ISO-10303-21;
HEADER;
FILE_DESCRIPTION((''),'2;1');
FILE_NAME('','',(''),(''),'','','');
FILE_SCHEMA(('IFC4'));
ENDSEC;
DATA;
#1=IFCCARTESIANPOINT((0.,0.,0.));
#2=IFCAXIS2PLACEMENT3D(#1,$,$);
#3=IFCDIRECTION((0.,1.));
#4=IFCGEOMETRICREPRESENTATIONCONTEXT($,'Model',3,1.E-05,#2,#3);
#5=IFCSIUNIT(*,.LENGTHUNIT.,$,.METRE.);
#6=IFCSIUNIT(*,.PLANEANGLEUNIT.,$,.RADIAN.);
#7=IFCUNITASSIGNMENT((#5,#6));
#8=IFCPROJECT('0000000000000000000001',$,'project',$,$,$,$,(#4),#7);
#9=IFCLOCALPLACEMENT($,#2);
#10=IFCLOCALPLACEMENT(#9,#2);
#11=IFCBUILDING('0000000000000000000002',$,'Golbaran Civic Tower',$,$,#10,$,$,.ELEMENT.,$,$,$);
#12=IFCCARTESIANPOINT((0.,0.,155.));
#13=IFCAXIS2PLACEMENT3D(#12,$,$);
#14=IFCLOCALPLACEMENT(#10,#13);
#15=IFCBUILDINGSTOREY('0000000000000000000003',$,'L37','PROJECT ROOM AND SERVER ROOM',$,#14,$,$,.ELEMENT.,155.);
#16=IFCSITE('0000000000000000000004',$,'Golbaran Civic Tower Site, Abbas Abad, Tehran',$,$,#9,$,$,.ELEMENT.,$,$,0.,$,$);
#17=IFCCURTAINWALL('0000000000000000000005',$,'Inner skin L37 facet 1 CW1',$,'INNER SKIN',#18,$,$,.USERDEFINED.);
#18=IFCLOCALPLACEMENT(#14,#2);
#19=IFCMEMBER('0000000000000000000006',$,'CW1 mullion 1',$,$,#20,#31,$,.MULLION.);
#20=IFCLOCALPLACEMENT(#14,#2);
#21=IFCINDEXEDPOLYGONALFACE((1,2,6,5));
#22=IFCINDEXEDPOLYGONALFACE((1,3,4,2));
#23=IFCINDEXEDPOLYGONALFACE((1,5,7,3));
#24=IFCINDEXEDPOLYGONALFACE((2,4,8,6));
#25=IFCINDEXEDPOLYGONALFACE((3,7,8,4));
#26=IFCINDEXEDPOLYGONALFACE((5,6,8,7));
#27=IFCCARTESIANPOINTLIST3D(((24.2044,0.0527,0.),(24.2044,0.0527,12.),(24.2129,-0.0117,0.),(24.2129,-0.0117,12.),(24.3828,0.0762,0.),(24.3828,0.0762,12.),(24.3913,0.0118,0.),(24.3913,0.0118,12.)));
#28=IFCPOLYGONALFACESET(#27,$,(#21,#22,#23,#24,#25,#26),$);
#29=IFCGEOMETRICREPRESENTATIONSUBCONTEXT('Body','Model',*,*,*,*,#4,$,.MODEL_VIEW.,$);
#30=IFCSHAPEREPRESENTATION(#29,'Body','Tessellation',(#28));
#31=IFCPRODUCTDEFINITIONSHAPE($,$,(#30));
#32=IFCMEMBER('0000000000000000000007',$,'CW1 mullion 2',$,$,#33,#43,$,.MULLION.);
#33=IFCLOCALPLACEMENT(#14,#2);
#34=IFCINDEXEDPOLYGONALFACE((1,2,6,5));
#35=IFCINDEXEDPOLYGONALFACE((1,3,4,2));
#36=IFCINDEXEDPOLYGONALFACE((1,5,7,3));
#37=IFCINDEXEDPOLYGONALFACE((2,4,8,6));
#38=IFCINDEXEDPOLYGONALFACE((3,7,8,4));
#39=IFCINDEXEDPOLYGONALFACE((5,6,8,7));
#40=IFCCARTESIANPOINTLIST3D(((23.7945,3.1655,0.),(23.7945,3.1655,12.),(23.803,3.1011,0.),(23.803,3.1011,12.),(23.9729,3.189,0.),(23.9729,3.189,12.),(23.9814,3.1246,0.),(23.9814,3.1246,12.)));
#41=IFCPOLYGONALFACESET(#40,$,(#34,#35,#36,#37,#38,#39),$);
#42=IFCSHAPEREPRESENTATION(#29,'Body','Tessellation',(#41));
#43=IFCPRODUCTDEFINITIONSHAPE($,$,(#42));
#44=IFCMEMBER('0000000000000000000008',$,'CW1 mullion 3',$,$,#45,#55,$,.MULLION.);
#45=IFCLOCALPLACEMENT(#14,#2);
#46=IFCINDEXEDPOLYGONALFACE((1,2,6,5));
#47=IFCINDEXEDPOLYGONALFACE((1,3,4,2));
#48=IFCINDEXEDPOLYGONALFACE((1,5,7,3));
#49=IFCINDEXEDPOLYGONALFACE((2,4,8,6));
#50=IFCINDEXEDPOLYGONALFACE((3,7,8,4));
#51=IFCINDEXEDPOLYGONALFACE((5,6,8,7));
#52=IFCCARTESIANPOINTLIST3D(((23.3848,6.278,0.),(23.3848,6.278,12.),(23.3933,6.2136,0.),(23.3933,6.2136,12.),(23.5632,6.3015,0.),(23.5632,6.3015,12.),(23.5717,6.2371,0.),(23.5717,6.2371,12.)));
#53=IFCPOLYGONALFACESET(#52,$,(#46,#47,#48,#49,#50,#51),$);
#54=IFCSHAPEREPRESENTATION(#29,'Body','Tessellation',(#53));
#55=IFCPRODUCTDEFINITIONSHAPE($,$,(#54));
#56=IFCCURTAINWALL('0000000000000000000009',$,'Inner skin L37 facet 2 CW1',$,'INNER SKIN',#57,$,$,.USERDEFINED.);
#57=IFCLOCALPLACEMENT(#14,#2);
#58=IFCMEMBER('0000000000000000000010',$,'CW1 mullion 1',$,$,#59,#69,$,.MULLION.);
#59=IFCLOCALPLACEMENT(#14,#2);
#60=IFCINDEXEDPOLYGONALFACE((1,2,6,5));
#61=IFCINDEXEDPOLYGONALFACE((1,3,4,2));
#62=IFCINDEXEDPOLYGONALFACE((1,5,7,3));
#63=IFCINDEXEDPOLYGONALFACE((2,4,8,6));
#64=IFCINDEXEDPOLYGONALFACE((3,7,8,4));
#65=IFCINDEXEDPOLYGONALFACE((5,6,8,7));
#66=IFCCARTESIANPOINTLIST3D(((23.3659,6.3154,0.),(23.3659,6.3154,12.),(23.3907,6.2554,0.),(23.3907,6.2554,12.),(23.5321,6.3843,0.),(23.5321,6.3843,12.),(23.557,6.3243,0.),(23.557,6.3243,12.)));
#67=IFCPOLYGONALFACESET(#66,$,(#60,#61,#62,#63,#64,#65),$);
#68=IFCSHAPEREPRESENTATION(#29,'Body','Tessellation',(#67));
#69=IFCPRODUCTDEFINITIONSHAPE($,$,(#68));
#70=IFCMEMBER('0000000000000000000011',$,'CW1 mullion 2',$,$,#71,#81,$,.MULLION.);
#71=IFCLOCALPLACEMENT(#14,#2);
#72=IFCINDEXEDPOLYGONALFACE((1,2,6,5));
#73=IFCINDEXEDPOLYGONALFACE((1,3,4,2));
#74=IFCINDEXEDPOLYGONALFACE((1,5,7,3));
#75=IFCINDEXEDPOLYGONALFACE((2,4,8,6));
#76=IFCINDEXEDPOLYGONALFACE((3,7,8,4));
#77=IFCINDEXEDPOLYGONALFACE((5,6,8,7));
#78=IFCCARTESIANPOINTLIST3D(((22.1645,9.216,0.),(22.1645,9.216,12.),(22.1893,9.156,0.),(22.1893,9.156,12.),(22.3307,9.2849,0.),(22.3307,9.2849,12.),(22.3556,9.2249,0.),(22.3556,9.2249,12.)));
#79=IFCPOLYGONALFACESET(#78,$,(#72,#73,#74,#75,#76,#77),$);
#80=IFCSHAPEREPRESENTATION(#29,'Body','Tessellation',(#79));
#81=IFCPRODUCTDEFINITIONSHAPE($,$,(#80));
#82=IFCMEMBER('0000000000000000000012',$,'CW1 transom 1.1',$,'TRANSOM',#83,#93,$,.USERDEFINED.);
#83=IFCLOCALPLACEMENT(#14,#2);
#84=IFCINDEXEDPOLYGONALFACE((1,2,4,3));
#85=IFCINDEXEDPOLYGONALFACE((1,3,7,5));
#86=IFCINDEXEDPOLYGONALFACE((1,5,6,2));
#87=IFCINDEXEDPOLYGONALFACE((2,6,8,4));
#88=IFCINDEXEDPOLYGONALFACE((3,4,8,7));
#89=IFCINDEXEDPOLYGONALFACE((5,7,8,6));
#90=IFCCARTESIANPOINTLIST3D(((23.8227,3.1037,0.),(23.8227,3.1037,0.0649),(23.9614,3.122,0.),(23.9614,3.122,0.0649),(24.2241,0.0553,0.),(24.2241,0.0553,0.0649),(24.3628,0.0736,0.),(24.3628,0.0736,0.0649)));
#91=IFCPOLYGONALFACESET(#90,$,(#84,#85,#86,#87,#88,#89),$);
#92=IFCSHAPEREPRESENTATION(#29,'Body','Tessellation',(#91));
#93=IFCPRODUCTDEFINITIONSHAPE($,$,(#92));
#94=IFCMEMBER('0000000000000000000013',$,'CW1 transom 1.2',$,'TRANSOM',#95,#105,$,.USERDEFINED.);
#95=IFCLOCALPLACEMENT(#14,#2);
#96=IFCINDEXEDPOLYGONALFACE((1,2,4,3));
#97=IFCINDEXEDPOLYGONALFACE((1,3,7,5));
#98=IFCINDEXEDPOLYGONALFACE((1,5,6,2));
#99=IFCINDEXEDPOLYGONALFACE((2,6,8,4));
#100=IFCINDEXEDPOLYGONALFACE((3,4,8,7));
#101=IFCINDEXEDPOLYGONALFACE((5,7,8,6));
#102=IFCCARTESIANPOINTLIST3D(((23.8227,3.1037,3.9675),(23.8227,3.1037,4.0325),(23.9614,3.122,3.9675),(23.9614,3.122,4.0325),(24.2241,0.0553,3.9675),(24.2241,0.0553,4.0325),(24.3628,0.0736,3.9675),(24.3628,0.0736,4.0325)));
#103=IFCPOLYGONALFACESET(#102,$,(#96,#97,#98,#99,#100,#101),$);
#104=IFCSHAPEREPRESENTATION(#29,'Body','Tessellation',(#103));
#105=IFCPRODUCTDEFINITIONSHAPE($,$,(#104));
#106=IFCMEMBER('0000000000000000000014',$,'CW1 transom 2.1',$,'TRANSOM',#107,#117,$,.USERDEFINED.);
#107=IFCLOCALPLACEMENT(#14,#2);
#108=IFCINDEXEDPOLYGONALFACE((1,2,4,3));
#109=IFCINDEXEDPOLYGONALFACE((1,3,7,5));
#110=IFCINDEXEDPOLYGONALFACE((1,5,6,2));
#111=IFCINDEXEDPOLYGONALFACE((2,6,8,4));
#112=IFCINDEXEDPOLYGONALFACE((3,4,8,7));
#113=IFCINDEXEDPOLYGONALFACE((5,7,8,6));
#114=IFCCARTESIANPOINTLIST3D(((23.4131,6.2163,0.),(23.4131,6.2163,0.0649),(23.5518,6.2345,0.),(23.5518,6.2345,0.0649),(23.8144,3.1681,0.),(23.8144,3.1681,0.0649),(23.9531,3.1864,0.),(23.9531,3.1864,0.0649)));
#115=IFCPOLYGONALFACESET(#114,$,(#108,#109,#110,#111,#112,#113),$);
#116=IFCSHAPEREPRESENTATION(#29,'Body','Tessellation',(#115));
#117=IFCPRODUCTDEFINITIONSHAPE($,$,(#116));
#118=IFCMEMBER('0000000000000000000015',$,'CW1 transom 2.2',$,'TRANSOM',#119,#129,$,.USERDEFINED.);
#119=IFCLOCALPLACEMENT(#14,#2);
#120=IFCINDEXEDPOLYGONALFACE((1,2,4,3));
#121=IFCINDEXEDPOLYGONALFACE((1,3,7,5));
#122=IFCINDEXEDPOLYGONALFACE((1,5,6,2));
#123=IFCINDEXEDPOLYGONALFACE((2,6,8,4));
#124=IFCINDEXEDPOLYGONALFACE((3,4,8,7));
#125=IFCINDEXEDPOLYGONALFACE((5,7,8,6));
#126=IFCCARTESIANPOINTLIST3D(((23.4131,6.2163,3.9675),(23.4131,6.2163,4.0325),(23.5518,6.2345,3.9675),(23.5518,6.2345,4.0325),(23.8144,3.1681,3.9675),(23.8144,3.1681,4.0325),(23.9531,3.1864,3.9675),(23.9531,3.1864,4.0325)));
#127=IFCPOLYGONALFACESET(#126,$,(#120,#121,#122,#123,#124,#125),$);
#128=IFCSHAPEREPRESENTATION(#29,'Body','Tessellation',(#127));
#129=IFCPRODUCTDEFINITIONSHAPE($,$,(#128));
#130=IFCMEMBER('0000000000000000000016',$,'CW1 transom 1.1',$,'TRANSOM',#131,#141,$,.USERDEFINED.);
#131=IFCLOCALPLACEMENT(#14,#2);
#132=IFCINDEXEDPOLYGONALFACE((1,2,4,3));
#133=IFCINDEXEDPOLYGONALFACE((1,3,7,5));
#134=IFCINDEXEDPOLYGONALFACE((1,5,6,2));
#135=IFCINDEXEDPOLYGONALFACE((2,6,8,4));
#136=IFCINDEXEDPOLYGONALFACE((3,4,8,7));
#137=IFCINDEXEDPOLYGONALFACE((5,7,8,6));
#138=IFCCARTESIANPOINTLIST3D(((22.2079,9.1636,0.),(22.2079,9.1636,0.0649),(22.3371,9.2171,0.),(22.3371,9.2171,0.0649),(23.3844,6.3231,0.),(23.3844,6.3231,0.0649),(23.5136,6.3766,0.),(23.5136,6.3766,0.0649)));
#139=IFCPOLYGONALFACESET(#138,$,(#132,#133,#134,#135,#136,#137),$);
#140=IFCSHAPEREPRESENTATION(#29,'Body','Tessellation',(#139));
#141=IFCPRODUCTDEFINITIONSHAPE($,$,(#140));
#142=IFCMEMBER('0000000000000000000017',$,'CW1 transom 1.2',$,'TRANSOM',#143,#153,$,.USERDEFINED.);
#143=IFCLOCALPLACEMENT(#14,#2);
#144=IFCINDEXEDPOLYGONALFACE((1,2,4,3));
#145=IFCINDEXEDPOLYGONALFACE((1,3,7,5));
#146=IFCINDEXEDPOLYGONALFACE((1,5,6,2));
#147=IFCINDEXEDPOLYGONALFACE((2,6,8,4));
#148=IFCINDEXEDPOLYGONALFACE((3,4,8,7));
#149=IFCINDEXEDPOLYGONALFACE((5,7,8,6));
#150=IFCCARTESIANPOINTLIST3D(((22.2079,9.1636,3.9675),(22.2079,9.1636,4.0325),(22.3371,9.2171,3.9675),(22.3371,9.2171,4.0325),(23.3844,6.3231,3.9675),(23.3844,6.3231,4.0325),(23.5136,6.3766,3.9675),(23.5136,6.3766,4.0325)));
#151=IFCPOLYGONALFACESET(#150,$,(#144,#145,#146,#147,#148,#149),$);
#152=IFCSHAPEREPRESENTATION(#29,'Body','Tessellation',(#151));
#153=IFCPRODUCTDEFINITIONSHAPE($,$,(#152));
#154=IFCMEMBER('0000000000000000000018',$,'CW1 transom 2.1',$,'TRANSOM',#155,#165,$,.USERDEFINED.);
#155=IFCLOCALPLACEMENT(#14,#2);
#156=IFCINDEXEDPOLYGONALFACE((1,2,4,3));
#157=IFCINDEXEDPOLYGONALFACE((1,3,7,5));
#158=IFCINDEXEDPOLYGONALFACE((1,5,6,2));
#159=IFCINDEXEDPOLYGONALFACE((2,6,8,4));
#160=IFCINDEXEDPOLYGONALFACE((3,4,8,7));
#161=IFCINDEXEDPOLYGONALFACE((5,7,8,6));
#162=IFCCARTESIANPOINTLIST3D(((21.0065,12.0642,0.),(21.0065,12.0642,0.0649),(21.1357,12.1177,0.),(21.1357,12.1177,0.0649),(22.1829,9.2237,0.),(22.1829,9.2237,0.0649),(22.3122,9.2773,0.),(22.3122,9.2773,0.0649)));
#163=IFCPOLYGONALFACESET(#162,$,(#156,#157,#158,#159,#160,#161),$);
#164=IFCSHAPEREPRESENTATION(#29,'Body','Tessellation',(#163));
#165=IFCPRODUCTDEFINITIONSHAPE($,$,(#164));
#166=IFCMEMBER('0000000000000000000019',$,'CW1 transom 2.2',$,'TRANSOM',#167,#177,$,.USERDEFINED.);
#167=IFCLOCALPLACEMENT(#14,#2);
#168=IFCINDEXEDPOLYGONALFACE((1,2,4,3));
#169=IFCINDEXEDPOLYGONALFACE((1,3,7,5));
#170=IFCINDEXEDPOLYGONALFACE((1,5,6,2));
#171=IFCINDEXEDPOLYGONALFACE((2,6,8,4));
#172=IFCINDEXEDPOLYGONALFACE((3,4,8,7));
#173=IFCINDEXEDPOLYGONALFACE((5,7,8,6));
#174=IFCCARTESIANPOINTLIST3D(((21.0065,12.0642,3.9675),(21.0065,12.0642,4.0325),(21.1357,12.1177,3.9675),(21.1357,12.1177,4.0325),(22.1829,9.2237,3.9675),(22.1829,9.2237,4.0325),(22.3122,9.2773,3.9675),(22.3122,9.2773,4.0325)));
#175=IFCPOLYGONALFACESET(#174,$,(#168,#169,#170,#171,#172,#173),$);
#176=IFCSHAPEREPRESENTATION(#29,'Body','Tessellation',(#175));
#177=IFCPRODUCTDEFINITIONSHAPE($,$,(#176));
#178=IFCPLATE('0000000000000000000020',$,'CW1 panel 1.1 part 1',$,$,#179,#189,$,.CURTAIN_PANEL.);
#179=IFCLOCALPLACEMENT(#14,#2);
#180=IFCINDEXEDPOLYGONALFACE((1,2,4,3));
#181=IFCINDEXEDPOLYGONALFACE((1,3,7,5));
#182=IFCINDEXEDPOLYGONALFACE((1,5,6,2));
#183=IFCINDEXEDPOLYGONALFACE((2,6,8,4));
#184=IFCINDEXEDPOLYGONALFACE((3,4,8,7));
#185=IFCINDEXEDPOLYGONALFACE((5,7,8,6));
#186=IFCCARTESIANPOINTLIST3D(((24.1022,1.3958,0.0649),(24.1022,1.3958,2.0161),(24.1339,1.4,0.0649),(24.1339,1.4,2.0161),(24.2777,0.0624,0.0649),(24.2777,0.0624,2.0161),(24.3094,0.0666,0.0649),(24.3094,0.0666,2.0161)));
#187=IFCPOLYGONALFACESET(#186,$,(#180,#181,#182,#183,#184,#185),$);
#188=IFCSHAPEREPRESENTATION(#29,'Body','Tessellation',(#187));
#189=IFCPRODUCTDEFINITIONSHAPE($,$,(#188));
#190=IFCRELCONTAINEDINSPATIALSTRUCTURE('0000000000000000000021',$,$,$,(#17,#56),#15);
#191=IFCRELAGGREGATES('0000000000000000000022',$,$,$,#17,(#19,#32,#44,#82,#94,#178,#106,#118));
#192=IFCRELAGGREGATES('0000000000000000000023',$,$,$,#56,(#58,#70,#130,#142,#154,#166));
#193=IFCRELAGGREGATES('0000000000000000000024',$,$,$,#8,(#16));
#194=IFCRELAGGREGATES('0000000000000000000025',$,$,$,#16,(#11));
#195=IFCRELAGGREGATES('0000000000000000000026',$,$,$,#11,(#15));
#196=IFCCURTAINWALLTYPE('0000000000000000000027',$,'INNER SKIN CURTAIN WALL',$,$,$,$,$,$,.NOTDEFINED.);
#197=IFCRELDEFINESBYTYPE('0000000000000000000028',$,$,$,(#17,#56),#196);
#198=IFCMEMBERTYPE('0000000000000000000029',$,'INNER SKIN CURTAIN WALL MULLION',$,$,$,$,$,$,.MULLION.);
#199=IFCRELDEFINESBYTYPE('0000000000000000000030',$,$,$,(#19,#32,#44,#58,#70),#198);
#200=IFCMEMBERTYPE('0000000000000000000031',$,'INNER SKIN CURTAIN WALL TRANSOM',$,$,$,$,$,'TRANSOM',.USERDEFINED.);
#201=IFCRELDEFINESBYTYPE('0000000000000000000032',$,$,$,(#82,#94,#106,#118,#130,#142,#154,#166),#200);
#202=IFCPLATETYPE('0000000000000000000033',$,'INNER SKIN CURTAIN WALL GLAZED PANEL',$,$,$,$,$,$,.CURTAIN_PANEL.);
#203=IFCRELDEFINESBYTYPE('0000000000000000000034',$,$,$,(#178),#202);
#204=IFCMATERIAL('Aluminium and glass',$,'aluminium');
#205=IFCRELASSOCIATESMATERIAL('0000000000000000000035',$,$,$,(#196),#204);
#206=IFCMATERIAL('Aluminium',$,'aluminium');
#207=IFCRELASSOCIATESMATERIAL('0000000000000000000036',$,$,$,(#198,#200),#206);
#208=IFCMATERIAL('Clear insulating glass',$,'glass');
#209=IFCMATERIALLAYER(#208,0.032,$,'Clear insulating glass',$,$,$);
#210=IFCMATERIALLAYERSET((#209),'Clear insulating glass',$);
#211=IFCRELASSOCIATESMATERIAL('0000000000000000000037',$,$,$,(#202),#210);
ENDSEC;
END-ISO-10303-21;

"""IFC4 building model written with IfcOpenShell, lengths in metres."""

from ifc_helpers import new_model, si_unit, direction, frame, origin, origin_2d, place, context, subcontext, project, spatial, rectangle, extrude, material, layer, layer_set, material_profile, profile_set, type_object, element, aggregate, save


model = new_model("IFC4")

# Units and contexts
model_context = context("Model", 3, precision=1e-05, world=origin(), true_north=direction((0.0, 1.0)))
body_context = subcontext(model_context, "Body", "Model", "MODEL_VIEW")
ifc_project = project(units=[si_unit("LENGTHUNIT", "METRE"), si_unit("PLANEANGLEUNIT", "RADIAN")], contexts=[model_context])

# Site, building, storey
site_placement = place(None, origin())
site = spatial("IfcSite", under=ifc_project, at=site_placement, Name="Golbaran Civic Tower Site, Abbas Abad, Tehran", CompositionType="ELEMENT", RefElevation=0.0)
building_placement = place(site_placement, origin())
building = spatial("IfcBuilding", under=site, at=building_placement, Name="Golbaran Civic Tower", CompositionType="ELEMENT")
storey_placement = place(building_placement, frame((0.0, 0.0, 155.0)))
storey = spatial("IfcBuildingStorey", under=building, at=storey_placement, Name="L37", Description="PROJECT ROOM AND SERVER ROOM", CompositionType="ELEMENT", Elevation=155.0)

# Curtain walls, members
ifc_material_1 = material(Name="Aluminium and glass", Category="aluminium")
curtain_wall_type = type_object("IfcCurtainWallType", Name="INNER SKIN CURTAIN WALL", PredefinedType="NOTDEFINED", material=ifc_material_1)
curtain_wall_1_placement = place(storey_placement, origin())
curtain_wall_1 = element("IfcCurtainWall", 1, at=curtain_wall_1_placement, inside=storey, type_object=curtain_wall_type, Name="Inner skin L37 facet 1 CW1", ObjectType="INNER SKIN", PredefinedType="USERDEFINED")
ifc_material_2 = material(Name="Aluminium", Category="aluminium")
ifc_material_profile_1 = material_profile(ifc_material_2, rectangle(XDim=0.1799, YDim=0.0649, at=origin_2d()), Name="INNER SKIN CURTAIN WALL MULLION")
ifc_profile_set_1 = profile_set([ifc_material_profile_1], Name="Aluminium")
member_type_1 = type_object("IfcMemberType", Name="INNER SKIN CURTAIN WALL MULLION", PredefinedType="MULLION", material=ifc_profile_set_1)
member_1_placement = place(storey_placement, frame((24.2979, 0.0322, 0.0), z_axis=(0.0, 0.0, 1.0), x_axis=(-0.991445, -0.130526, 0.0)))
member_1 = element("IfcMember", 2, at=member_1_placement, type_object=member_type_1, Name="CW1 mullion 1", PredefinedType="MULLION", context=body_context, shape_type="SweptSolid", body=[
    extrude(rectangle(XDim=0.1799, YDim=0.0649, at=origin_2d()), origin(), (0.0, 0.0, 1.0), 12.0),
])
member_2_placement = place(storey_placement, frame((23.8879, 3.145, 0.0), z_axis=(0.0, 0.0, 1.0), x_axis=(-0.991445, -0.130526, 0.0)))
member_2 = element("IfcMember", 3, at=member_2_placement, type_object=member_type_1, Name="CW1 mullion 2", PredefinedType="MULLION", context=body_context, shape_type="SweptSolid", body=[
    extrude(rectangle(XDim=0.1799, YDim=0.0649, at=origin_2d()), origin(), (0.0, 0.0, 1.0), 12.0),
])
member_3_placement = place(storey_placement, frame((23.4783, 6.2576, 0.0), z_axis=(0.0, 0.0, 1.0), x_axis=(-0.991445, -0.130526, 0.0)))
member_3 = element("IfcMember", 4, at=member_3_placement, type_object=member_type_1, Name="CW1 mullion 3", PredefinedType="MULLION", context=body_context, shape_type="SweptSolid", body=[
    extrude(rectangle(XDim=0.1799, YDim=0.0649, at=origin_2d()), origin(), (0.0, 0.0, 1.0), 12.0),
])
curtain_wall_2_placement = place(storey_placement, origin())
curtain_wall_2 = element("IfcCurtainWall", 5, at=curtain_wall_2_placement, inside=storey, type_object=curtain_wall_type, Name="Inner skin L37 facet 2 CW1", ObjectType="INNER SKIN", PredefinedType="USERDEFINED")
member_4_placement = place(storey_placement, frame((23.4614, 6.3198, 0.0), z_axis=(0.0, 0.0, 1.0), x_axis=(-0.92388, -0.382683, 0.0)))
member_4 = element("IfcMember", 6, at=member_4_placement, type_object=member_type_1, Name="CW1 mullion 1", PredefinedType="MULLION", context=body_context, shape_type="SweptSolid", body=[
    extrude(rectangle(XDim=0.1799, YDim=0.0649, at=origin_2d()), origin(), (0.0, 0.0, 1.0), 12.0),
])
member_5_placement = place(storey_placement, frame((22.26, 9.2205, 0.0), z_axis=(0.0, 0.0, 1.0), x_axis=(-0.92388, -0.382683, 0.0)))
member_5 = element("IfcMember", 7, at=member_5_placement, type_object=member_type_1, Name="CW1 mullion 2", PredefinedType="MULLION", context=body_context, shape_type="SweptSolid", body=[
    extrude(rectangle(XDim=0.1799, YDim=0.0649, at=origin_2d()), origin(), (0.0, 0.0, 1.0), 12.0),
])

# Members
ifc_material_profile_2 = material_profile(ifc_material_2, rectangle(XDim=0.1399, YDim=0.0649, at=origin_2d()), Name="INNER SKIN CURTAIN WALL TRANSOM")
ifc_profile_set_2 = profile_set([ifc_material_profile_2], Name="Aluminium")
member_type_2 = type_object("IfcMemberType", Name="INNER SKIN CURTAIN WALL TRANSOM", ElementType="TRANSOM", PredefinedType="USERDEFINED", material=ifc_profile_set_2)
member_6_placement = place(storey_placement, frame((24.2935, 0.0645, 0.0325), z_axis=(-0.130541, 0.991443, 0.0), x_axis=(-0.991443, -0.130541, 0.0)))
member_6 = element("IfcMember", 8, at=member_6_placement, type_object=member_type_2, Name="CW1 transom 1.1", ObjectType="TRANSOM", PredefinedType="USERDEFINED", context=body_context, shape_type="SweptSolid", body=[
    extrude(rectangle(XDim=0.1399, YDim=0.0649, at=origin_2d()), origin(), (0.0, 0.0, 1.0), 3.0747),
])
member_7_placement = place(storey_placement, frame((24.2935, 0.0645, 4.0), z_axis=(-0.130541, 0.991443, 0.0), x_axis=(-0.991443, -0.130541, 0.0)))
member_7 = element("IfcMember", 9, at=member_7_placement, type_object=member_type_2, Name="CW1 transom 1.2", ObjectType="TRANSOM", PredefinedType="USERDEFINED", context=body_context, shape_type="SweptSolid", body=[
    extrude(rectangle(XDim=0.1399, YDim=0.0649, at=origin_2d()), origin(), (0.0, 0.0, 1.0), 3.0747),
])
member_8_placement = place(storey_placement, frame((23.8838, 3.1772, 0.0325), z_axis=(-0.130551, 0.991442, 0.0), x_axis=(-0.991442, -0.130551, 0.0)))
member_8 = element("IfcMember", 10, at=member_8_placement, type_object=member_type_2, Name="CW1 transom 2.1", ObjectType="TRANSOM", PredefinedType="USERDEFINED", context=body_context, shape_type="SweptSolid", body=[
    extrude(rectangle(XDim=0.1399, YDim=0.0649, at=origin_2d()), origin(), (0.0, 0.0, 1.0), 3.0745),
])
member_9_placement = place(storey_placement, frame((23.8838, 3.1772, 4.0), z_axis=(-0.130551, 0.991442, 0.0), x_axis=(-0.991442, -0.130551, 0.0)))
member_9 = element("IfcMember", 11, at=member_9_placement, type_object=member_type_2, Name="CW1 transom 2.2", ObjectType="TRANSOM", PredefinedType="USERDEFINED", context=body_context, shape_type="SweptSolid", body=[
    extrude(rectangle(XDim=0.1399, YDim=0.0649, at=origin_2d()), origin(), (0.0, 0.0, 1.0), 3.0745),
])
member_10_placement = place(storey_placement, frame((23.449, 6.3499, 0.0325), z_axis=(-0.382658, 0.92389, 0.0), x_axis=(-0.92389, -0.382658, 0.0)))
member_10 = element("IfcMember", 12, at=member_10_placement, type_object=member_type_2, Name="CW1 transom 1.1", ObjectType="TRANSOM", PredefinedType="USERDEFINED", context=body_context, shape_type="SweptSolid", body=[
    extrude(rectangle(XDim=0.1399, YDim=0.0649, at=origin_2d()), origin(), (0.0, 0.0, 1.0), 3.0745),
])
member_11_placement = place(storey_placement, frame((23.449, 6.3499, 4.0), z_axis=(-0.382658, 0.92389, 0.0), x_axis=(-0.92389, -0.382658, 0.0)))
member_11 = element("IfcMember", 13, at=member_11_placement, type_object=member_type_2, Name="CW1 transom 1.2", ObjectType="TRANSOM", PredefinedType="USERDEFINED", context=body_context, shape_type="SweptSolid", body=[
    extrude(rectangle(XDim=0.1399, YDim=0.0649, at=origin_2d()), origin(), (0.0, 0.0, 1.0), 3.0745),
])
member_12_placement = place(storey_placement, frame((22.2476, 9.2505, 0.0325), z_axis=(-0.382658, 0.92389, 0.0), x_axis=(-0.92389, -0.382658, 0.0)))
member_12 = element("IfcMember", 14, at=member_12_placement, type_object=member_type_2, Name="CW1 transom 2.1", ObjectType="TRANSOM", PredefinedType="USERDEFINED", context=body_context, shape_type="SweptSolid", body=[
    extrude(rectangle(XDim=0.1399, YDim=0.0649, at=origin_2d()), origin(), (0.0, 0.0, 1.0), 3.0745),
])
member_13_placement = place(storey_placement, frame((22.2476, 9.2505, 4.0), z_axis=(-0.382658, 0.92389, 0.0), x_axis=(-0.92389, -0.382658, 0.0)))
member_13 = element("IfcMember", 15, at=member_13_placement, type_object=member_type_2, Name="CW1 transom 2.2", ObjectType="TRANSOM", PredefinedType="USERDEFINED", context=body_context, shape_type="SweptSolid", body=[
    extrude(rectangle(XDim=0.1399, YDim=0.0649, at=origin_2d()), origin(), (0.0, 0.0, 1.0), 3.0745),
])

# Plate
ifc_material_3 = material(Name="Clear insulating glass", Category="glass")
ifc_layer_1 = layer(ifc_material_3, 0.032, Name="Clear insulating glass")
ifc_layer_set_1 = layer_set([ifc_layer_1], Name="Clear insulating glass")
plate_type_1 = type_object("IfcPlateType", Name="INNER SKIN CURTAIN WALL GLAZED PANEL", PredefinedType="CURTAIN_PANEL", material=ifc_layer_set_1)
plate_1_placement = place(storey_placement, frame((24.2058, 0.7312, 0.0649), z_axis=(0.0, 0.0, 1.0), x_axis=(-0.130526, 0.991445, 0.0)))
plate_1 = element("IfcPlate", 16, at=plate_1_placement, type_object=plate_type_1, Name="CW1 panel 1.1 part 1", PredefinedType="CURTAIN_PANEL", context=body_context, shape_type="SweptSolid", body=[
    extrude(rectangle(XDim=1.345, YDim=0.032, at=origin_2d()), origin(), (0.0, 0.0, 1.0), 1.9512),
])
aggregate(curtain_wall_1, [member_1, member_2, member_3, member_6, member_7, plate_1, member_8, member_9])
aggregate(curtain_wall_2, [member_4, member_5, member_10, member_11, member_12, member_13])

save(model, "model.ifc")
